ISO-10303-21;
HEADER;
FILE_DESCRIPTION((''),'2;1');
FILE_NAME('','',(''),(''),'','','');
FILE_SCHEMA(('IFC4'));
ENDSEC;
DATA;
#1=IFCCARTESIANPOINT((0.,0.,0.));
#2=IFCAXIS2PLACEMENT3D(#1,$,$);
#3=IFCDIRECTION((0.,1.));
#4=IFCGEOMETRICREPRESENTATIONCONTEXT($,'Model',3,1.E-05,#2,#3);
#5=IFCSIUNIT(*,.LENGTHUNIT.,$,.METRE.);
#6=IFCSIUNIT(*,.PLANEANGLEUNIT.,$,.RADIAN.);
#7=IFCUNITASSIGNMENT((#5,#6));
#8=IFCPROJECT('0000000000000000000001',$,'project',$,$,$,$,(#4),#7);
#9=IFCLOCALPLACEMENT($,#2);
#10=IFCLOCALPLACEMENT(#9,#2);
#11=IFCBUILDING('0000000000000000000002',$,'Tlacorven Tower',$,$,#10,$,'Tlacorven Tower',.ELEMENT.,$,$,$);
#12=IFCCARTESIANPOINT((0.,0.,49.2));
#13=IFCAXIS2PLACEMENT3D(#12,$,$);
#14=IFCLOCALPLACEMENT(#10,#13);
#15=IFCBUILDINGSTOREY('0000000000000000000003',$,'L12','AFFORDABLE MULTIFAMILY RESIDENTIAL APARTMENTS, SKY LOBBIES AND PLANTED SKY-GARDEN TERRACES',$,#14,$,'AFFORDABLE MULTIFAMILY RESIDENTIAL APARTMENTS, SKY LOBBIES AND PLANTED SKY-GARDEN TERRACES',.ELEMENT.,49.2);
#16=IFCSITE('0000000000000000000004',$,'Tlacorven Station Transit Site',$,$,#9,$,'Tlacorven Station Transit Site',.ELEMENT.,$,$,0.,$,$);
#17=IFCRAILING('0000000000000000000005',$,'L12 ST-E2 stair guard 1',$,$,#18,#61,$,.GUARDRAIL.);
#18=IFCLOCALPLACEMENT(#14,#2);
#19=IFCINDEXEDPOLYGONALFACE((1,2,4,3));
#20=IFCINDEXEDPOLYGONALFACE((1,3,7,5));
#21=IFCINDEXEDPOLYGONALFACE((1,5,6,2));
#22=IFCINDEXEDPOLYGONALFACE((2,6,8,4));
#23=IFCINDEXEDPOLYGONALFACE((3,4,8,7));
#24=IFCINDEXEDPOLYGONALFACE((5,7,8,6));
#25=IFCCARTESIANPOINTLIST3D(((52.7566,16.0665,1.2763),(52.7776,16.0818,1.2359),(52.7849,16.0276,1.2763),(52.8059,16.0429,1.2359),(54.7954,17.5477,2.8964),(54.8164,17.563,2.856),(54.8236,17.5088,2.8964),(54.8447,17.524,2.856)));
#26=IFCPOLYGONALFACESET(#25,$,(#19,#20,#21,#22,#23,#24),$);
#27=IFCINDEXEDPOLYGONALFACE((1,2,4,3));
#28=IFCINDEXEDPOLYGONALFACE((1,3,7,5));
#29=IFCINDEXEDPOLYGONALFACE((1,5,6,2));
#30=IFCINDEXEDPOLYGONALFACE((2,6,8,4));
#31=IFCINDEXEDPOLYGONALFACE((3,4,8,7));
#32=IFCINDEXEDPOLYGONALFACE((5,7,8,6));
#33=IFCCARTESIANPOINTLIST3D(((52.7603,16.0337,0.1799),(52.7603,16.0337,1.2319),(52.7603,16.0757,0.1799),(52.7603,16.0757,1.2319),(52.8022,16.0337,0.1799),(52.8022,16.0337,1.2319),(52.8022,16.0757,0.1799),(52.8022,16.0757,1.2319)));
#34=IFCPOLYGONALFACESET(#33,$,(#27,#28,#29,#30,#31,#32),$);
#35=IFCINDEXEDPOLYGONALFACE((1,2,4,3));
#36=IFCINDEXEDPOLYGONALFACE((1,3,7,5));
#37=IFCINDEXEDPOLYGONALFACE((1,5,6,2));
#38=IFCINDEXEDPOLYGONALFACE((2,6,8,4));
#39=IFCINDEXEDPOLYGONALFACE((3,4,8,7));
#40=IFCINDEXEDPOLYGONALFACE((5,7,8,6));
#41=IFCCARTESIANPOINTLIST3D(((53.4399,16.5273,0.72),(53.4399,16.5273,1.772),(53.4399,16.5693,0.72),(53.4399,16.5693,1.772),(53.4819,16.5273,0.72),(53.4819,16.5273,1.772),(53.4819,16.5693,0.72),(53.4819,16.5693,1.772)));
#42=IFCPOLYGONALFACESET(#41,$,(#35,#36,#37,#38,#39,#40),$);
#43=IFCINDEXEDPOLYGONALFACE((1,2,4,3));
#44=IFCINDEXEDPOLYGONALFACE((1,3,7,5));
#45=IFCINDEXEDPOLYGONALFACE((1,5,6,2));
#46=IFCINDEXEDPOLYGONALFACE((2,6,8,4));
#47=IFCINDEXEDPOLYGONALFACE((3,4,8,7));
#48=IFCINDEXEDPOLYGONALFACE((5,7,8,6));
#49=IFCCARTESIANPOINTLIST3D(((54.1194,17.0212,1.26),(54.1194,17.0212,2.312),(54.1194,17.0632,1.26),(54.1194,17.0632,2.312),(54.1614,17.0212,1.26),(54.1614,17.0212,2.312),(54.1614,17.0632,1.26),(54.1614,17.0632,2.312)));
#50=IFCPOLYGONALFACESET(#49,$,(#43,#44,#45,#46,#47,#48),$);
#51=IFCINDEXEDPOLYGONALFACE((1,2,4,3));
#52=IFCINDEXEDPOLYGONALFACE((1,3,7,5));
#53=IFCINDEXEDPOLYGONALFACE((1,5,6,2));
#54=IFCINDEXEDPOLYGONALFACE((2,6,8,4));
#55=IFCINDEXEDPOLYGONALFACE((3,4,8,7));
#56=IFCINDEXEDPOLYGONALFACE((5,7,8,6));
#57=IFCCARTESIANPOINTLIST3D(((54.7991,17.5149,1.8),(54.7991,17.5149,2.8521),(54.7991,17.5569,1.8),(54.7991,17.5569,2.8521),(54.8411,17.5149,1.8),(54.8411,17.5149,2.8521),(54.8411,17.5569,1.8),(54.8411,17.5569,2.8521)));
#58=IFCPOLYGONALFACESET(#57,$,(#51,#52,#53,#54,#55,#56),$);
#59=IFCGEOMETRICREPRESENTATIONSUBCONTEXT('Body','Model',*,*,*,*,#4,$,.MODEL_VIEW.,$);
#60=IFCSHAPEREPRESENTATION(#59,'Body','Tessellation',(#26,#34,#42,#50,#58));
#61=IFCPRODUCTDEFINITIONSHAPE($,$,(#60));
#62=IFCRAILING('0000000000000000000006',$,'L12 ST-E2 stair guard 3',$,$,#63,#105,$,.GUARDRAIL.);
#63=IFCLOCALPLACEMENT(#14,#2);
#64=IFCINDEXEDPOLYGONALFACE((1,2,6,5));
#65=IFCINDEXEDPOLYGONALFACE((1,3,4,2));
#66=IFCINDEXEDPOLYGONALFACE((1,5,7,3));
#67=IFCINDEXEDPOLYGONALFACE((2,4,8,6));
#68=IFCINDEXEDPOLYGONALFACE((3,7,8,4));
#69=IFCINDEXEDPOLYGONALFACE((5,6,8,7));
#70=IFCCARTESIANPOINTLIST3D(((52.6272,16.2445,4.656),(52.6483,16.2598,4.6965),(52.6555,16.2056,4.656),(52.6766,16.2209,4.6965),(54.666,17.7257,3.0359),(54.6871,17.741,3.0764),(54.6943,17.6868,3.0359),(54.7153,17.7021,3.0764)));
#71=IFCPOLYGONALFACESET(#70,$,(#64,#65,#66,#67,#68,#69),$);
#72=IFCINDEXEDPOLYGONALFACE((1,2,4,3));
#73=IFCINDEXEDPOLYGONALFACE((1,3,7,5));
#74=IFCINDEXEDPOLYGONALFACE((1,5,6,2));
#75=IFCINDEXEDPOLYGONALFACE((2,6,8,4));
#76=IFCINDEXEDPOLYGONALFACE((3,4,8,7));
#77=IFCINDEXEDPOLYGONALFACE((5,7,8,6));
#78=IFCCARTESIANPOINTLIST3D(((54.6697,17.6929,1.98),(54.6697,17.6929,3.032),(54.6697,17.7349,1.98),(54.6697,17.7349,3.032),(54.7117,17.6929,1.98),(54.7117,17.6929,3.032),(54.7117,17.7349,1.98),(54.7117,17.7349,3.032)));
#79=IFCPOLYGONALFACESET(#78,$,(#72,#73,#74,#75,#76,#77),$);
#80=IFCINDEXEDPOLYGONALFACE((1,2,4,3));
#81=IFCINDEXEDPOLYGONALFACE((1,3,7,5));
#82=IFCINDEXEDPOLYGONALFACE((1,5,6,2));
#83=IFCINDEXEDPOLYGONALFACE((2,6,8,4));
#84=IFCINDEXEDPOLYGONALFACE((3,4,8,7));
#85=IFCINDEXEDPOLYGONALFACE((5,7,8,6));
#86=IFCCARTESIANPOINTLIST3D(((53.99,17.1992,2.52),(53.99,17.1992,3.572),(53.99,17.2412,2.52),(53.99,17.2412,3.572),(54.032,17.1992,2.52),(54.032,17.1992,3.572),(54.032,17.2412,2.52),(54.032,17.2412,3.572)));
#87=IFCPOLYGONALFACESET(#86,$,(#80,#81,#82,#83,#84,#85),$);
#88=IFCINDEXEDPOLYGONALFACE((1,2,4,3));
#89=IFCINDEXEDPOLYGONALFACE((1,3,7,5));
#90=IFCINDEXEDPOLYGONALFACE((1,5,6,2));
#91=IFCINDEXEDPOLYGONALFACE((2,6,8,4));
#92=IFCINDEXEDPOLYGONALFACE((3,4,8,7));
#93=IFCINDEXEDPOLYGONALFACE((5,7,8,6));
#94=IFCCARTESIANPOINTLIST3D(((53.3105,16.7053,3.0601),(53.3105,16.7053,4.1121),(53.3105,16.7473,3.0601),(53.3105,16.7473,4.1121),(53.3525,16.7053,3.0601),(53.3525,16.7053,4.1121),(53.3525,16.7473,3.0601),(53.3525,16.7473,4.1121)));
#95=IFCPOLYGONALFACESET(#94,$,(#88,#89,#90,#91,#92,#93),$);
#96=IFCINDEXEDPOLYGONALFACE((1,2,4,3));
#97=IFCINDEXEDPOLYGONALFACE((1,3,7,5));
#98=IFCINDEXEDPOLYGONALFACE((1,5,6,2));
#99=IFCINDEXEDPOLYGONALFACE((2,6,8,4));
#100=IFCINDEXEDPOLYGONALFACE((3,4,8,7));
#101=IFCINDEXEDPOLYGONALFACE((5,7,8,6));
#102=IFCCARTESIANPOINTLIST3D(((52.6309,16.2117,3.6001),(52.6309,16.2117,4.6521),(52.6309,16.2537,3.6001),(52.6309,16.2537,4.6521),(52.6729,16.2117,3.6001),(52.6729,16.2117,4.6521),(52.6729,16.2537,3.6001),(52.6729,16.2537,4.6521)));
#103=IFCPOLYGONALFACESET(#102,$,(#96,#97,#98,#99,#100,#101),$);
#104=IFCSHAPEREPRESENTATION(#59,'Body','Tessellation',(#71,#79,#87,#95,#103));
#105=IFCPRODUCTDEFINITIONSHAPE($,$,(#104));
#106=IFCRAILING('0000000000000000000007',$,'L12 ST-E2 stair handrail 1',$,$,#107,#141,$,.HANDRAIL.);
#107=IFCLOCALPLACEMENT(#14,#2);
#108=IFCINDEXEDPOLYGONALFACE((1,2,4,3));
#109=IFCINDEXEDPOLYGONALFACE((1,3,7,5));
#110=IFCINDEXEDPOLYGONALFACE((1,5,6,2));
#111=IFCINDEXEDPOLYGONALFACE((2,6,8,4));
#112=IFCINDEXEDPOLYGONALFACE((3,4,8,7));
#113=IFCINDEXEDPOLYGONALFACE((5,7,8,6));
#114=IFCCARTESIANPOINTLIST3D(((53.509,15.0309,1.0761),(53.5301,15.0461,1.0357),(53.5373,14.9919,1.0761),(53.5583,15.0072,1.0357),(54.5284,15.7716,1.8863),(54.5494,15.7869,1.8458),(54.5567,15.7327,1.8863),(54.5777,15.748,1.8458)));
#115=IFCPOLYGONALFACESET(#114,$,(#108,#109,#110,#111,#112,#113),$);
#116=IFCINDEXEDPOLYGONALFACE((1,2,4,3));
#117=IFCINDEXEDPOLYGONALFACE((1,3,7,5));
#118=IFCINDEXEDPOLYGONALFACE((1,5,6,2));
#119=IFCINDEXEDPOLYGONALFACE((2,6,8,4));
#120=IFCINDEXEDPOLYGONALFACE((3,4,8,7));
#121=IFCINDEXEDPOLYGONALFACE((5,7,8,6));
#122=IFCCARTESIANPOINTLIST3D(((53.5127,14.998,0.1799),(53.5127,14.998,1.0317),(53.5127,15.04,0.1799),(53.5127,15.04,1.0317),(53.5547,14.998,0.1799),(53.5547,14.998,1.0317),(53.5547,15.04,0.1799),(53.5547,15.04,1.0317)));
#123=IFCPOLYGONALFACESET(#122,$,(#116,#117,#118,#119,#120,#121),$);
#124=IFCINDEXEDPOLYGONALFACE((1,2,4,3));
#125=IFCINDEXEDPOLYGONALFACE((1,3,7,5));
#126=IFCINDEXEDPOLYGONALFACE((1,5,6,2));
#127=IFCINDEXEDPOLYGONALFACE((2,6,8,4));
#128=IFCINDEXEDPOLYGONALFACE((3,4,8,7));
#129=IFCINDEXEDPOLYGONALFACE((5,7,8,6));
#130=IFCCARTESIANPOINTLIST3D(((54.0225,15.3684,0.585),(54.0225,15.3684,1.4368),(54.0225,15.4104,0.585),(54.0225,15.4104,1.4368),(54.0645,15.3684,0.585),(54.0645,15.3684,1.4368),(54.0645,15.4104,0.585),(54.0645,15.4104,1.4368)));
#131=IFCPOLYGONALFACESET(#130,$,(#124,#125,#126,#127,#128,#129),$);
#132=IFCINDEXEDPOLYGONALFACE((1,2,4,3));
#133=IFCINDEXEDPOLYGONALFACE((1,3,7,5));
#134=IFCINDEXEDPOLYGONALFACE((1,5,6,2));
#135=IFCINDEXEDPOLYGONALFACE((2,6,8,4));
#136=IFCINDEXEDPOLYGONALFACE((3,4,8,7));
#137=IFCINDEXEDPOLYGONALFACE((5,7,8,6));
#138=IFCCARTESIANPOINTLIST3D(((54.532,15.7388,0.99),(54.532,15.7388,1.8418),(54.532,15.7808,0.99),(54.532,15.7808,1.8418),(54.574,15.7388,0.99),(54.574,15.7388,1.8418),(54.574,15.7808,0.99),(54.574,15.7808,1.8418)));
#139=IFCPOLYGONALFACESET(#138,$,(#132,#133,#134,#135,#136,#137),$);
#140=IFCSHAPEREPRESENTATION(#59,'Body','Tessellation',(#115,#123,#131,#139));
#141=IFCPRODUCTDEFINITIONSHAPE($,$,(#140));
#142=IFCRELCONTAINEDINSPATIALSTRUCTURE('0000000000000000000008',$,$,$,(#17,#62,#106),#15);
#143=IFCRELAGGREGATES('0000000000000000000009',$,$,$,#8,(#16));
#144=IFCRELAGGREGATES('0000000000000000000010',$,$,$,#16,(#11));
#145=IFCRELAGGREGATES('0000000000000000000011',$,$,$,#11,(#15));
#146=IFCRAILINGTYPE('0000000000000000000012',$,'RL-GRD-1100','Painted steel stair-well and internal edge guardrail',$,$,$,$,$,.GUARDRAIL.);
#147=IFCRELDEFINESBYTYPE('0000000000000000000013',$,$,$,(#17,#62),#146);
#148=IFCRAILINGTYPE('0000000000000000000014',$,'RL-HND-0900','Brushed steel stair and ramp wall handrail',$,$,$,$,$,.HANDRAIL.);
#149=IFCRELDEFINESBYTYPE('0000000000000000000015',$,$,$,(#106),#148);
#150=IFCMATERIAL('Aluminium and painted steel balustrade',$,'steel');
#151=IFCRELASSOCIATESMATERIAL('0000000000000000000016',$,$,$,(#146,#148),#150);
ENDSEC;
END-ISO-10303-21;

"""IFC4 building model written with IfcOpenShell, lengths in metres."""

from ifc_helpers import new_model, si_unit, direction, frame, origin, origin_2d, place, context, subcontext, project, spatial, rectangle, extrude, source, transform, mapped, material, type_object, element, save


model = new_model("IFC4")

# Units and contexts
model_context = context("Model", 3, precision=1e-05, world=origin(), true_north=direction((0.0, 1.0)))
body_context = subcontext(model_context, "Body", "Model", "MODEL_VIEW")
ifc_project = project(units=[si_unit("LENGTHUNIT", "METRE"), si_unit("PLANEANGLEUNIT", "RADIAN")], contexts=[model_context])

# Site, building, storey
site_placement = place(None, origin())
site = spatial("IfcSite", under=ifc_project, at=site_placement, Name="Tlacorven Station Transit Site", LongName="Tlacorven Station Transit Site", CompositionType="ELEMENT", RefElevation=0.0)
building_placement = place(site_placement, origin())
building = spatial("IfcBuilding", under=site, at=building_placement, Name="Tlacorven Tower", LongName="Tlacorven Tower", CompositionType="ELEMENT")
storey_placement = place(building_placement, frame((0.0, 0.0, 49.2)))
storey = spatial("IfcBuildingStorey", under=building, at=storey_placement, Name="L12", Description="AFFORDABLE MULTIFAMILY RESIDENTIAL APARTMENTS, SKY LOBBIES AND PLANTED SKY-GARDEN TERRACES", LongName="AFFORDABLE MULTIFAMILY RESIDENTIAL APARTMENTS, SKY LOBBIES AND PLANTED SKY-GARDEN TERRACES", CompositionType="ELEMENT", Elevation=49.2)

# Railings
ifc_material_1 = material(Name="Aluminium and painted steel balustrade", Category="steel")
railing_type_1 = type_object("IfcRailingType", Name="RL-GRD-1100", Description="Painted steel stair-well and internal edge guardrail", PredefinedType="GUARDRAIL", material=ifc_material_1)
railing_type_2 = type_object("IfcRailingType", Name="RL-HND-0900", Description="Brushed steel stair and ramp wall handrail", PredefinedType="HANDRAIL", material=ifc_material_1)
shared_shape_1 = source(origin(), body_context, "Body", "SweptSolid", [
    extrude(rectangle(XDim=0.0481, YDim=0.0481, at=origin_2d()), frame((0.0, 0.0, 1.0762), z_axis=(0.680532, 0.494407, 0.540775), x_axis=(-0.587763, 0.809033, 0.0)), (0.0, 0.0, 1.0), 2.9958),
    extrude(rectangle(XDim=0.042, YDim=0.042, at=origin_2d()), origin(), (0.0, 0.0, 1.0), 1.052),
    extrude(rectangle(XDim=0.042, YDim=0.042, at=origin_2d()), frame((0.6797, 0.4937, 0.54)), (0.0, 0.0, 1.0), 1.052),
    extrude(rectangle(XDim=0.042, YDim=0.042, at=origin_2d()), frame((1.3591, 0.9875, 1.0801)), (0.0, 0.0, 1.0), 1.052),
    extrude(rectangle(XDim=0.042, YDim=0.042, at=origin_2d()), frame((2.0388, 1.4812, 1.6201)), (0.0, 0.0, 1.0), 1.052),
])
railing_1_placement = place(storey_placement, frame((52.7812, 16.0547, 0.1799)))
element("IfcRailing", 1, at=railing_1_placement, inside=storey, type_object=railing_type_1, Name="L12 ST-E2 stair guard 1", PredefinedType="GUARDRAIL", context=body_context, shape_type="MappedRepresentation", body=[
    mapped(shared_shape_1, transform((0.0, 0.0, 0.0), scale=1.0)),
])
shared_shape_2 = source(origin(), body_context, "Body", "SweptSolid", [
    extrude(rectangle(XDim=0.0481, YDim=0.0481, at=origin_2d()), frame((0.0, 0.0, 1.0762), z_axis=(-0.680532, -0.494407, 0.540775), x_axis=(0.587763, -0.809033, 0.0)), (0.0, 0.0, 1.0), 2.9958),
    extrude(rectangle(XDim=0.042, YDim=0.042, at=origin_2d()), origin(), (0.0, 0.0, 1.0), 1.052),
    extrude(rectangle(XDim=0.042, YDim=0.042, at=origin_2d()), frame((-0.6797, -0.4937, 0.54)), (0.0, 0.0, 1.0), 1.052),
    extrude(rectangle(XDim=0.042, YDim=0.042, at=origin_2d()), frame((-1.3591, -0.9875, 1.0801)), (0.0, 0.0, 1.0), 1.052),
    extrude(rectangle(XDim=0.042, YDim=0.042, at=origin_2d()), frame((-2.0388, -1.4812, 1.6201)), (0.0, 0.0, 1.0), 1.052),
])
railing_2_placement = place(storey_placement, frame((54.6907, 17.7139, 1.98)))
element("IfcRailing", 2, at=railing_2_placement, inside=storey, type_object=railing_type_1, Name="L12 ST-E2 stair guard 3", PredefinedType="GUARDRAIL", context=body_context, shape_type="MappedRepresentation", body=[
    mapped(shared_shape_2, transform((0.0, 0.0, 0.0), scale=1.0)),
])
shared_shape_3 = source(origin(), body_context, "Body", "SweptSolid", [
    extrude(rectangle(XDim=0.0481, YDim=0.0481, at=origin_2d()), frame((0.0, 0.0, 0.876), z_axis=(0.680461, 0.494496, 0.540783), x_axis=(-0.587872, 0.808954, 0.0)), (0.0, 0.0, 1.0), 1.498),
    extrude(rectangle(XDim=0.042, YDim=0.042, at=origin_2d()), origin(), (0.0, 0.0, 1.0), 0.8518),
    extrude(rectangle(XDim=0.042, YDim=0.042, at=origin_2d()), frame((0.5098, 0.3704, 0.405)), (0.0, 0.0, 1.0), 0.8518),
    extrude(rectangle(XDim=0.042, YDim=0.042, at=origin_2d()), frame((1.0193, 0.7407, 0.8101)), (0.0, 0.0, 1.0), 0.8518),
])
railing_3_placement = place(storey_placement, frame((53.5337, 15.019, 0.1799)))
element("IfcRailing", 3, at=railing_3_placement, inside=storey, type_object=railing_type_2, Name="L12 ST-E2 stair handrail 1", PredefinedType="HANDRAIL", context=body_context, shape_type="MappedRepresentation", body=[
    mapped(shared_shape_3, transform((0.0, 0.0, 0.0), scale=1.0)),
])

save(model, "model.ifc")
